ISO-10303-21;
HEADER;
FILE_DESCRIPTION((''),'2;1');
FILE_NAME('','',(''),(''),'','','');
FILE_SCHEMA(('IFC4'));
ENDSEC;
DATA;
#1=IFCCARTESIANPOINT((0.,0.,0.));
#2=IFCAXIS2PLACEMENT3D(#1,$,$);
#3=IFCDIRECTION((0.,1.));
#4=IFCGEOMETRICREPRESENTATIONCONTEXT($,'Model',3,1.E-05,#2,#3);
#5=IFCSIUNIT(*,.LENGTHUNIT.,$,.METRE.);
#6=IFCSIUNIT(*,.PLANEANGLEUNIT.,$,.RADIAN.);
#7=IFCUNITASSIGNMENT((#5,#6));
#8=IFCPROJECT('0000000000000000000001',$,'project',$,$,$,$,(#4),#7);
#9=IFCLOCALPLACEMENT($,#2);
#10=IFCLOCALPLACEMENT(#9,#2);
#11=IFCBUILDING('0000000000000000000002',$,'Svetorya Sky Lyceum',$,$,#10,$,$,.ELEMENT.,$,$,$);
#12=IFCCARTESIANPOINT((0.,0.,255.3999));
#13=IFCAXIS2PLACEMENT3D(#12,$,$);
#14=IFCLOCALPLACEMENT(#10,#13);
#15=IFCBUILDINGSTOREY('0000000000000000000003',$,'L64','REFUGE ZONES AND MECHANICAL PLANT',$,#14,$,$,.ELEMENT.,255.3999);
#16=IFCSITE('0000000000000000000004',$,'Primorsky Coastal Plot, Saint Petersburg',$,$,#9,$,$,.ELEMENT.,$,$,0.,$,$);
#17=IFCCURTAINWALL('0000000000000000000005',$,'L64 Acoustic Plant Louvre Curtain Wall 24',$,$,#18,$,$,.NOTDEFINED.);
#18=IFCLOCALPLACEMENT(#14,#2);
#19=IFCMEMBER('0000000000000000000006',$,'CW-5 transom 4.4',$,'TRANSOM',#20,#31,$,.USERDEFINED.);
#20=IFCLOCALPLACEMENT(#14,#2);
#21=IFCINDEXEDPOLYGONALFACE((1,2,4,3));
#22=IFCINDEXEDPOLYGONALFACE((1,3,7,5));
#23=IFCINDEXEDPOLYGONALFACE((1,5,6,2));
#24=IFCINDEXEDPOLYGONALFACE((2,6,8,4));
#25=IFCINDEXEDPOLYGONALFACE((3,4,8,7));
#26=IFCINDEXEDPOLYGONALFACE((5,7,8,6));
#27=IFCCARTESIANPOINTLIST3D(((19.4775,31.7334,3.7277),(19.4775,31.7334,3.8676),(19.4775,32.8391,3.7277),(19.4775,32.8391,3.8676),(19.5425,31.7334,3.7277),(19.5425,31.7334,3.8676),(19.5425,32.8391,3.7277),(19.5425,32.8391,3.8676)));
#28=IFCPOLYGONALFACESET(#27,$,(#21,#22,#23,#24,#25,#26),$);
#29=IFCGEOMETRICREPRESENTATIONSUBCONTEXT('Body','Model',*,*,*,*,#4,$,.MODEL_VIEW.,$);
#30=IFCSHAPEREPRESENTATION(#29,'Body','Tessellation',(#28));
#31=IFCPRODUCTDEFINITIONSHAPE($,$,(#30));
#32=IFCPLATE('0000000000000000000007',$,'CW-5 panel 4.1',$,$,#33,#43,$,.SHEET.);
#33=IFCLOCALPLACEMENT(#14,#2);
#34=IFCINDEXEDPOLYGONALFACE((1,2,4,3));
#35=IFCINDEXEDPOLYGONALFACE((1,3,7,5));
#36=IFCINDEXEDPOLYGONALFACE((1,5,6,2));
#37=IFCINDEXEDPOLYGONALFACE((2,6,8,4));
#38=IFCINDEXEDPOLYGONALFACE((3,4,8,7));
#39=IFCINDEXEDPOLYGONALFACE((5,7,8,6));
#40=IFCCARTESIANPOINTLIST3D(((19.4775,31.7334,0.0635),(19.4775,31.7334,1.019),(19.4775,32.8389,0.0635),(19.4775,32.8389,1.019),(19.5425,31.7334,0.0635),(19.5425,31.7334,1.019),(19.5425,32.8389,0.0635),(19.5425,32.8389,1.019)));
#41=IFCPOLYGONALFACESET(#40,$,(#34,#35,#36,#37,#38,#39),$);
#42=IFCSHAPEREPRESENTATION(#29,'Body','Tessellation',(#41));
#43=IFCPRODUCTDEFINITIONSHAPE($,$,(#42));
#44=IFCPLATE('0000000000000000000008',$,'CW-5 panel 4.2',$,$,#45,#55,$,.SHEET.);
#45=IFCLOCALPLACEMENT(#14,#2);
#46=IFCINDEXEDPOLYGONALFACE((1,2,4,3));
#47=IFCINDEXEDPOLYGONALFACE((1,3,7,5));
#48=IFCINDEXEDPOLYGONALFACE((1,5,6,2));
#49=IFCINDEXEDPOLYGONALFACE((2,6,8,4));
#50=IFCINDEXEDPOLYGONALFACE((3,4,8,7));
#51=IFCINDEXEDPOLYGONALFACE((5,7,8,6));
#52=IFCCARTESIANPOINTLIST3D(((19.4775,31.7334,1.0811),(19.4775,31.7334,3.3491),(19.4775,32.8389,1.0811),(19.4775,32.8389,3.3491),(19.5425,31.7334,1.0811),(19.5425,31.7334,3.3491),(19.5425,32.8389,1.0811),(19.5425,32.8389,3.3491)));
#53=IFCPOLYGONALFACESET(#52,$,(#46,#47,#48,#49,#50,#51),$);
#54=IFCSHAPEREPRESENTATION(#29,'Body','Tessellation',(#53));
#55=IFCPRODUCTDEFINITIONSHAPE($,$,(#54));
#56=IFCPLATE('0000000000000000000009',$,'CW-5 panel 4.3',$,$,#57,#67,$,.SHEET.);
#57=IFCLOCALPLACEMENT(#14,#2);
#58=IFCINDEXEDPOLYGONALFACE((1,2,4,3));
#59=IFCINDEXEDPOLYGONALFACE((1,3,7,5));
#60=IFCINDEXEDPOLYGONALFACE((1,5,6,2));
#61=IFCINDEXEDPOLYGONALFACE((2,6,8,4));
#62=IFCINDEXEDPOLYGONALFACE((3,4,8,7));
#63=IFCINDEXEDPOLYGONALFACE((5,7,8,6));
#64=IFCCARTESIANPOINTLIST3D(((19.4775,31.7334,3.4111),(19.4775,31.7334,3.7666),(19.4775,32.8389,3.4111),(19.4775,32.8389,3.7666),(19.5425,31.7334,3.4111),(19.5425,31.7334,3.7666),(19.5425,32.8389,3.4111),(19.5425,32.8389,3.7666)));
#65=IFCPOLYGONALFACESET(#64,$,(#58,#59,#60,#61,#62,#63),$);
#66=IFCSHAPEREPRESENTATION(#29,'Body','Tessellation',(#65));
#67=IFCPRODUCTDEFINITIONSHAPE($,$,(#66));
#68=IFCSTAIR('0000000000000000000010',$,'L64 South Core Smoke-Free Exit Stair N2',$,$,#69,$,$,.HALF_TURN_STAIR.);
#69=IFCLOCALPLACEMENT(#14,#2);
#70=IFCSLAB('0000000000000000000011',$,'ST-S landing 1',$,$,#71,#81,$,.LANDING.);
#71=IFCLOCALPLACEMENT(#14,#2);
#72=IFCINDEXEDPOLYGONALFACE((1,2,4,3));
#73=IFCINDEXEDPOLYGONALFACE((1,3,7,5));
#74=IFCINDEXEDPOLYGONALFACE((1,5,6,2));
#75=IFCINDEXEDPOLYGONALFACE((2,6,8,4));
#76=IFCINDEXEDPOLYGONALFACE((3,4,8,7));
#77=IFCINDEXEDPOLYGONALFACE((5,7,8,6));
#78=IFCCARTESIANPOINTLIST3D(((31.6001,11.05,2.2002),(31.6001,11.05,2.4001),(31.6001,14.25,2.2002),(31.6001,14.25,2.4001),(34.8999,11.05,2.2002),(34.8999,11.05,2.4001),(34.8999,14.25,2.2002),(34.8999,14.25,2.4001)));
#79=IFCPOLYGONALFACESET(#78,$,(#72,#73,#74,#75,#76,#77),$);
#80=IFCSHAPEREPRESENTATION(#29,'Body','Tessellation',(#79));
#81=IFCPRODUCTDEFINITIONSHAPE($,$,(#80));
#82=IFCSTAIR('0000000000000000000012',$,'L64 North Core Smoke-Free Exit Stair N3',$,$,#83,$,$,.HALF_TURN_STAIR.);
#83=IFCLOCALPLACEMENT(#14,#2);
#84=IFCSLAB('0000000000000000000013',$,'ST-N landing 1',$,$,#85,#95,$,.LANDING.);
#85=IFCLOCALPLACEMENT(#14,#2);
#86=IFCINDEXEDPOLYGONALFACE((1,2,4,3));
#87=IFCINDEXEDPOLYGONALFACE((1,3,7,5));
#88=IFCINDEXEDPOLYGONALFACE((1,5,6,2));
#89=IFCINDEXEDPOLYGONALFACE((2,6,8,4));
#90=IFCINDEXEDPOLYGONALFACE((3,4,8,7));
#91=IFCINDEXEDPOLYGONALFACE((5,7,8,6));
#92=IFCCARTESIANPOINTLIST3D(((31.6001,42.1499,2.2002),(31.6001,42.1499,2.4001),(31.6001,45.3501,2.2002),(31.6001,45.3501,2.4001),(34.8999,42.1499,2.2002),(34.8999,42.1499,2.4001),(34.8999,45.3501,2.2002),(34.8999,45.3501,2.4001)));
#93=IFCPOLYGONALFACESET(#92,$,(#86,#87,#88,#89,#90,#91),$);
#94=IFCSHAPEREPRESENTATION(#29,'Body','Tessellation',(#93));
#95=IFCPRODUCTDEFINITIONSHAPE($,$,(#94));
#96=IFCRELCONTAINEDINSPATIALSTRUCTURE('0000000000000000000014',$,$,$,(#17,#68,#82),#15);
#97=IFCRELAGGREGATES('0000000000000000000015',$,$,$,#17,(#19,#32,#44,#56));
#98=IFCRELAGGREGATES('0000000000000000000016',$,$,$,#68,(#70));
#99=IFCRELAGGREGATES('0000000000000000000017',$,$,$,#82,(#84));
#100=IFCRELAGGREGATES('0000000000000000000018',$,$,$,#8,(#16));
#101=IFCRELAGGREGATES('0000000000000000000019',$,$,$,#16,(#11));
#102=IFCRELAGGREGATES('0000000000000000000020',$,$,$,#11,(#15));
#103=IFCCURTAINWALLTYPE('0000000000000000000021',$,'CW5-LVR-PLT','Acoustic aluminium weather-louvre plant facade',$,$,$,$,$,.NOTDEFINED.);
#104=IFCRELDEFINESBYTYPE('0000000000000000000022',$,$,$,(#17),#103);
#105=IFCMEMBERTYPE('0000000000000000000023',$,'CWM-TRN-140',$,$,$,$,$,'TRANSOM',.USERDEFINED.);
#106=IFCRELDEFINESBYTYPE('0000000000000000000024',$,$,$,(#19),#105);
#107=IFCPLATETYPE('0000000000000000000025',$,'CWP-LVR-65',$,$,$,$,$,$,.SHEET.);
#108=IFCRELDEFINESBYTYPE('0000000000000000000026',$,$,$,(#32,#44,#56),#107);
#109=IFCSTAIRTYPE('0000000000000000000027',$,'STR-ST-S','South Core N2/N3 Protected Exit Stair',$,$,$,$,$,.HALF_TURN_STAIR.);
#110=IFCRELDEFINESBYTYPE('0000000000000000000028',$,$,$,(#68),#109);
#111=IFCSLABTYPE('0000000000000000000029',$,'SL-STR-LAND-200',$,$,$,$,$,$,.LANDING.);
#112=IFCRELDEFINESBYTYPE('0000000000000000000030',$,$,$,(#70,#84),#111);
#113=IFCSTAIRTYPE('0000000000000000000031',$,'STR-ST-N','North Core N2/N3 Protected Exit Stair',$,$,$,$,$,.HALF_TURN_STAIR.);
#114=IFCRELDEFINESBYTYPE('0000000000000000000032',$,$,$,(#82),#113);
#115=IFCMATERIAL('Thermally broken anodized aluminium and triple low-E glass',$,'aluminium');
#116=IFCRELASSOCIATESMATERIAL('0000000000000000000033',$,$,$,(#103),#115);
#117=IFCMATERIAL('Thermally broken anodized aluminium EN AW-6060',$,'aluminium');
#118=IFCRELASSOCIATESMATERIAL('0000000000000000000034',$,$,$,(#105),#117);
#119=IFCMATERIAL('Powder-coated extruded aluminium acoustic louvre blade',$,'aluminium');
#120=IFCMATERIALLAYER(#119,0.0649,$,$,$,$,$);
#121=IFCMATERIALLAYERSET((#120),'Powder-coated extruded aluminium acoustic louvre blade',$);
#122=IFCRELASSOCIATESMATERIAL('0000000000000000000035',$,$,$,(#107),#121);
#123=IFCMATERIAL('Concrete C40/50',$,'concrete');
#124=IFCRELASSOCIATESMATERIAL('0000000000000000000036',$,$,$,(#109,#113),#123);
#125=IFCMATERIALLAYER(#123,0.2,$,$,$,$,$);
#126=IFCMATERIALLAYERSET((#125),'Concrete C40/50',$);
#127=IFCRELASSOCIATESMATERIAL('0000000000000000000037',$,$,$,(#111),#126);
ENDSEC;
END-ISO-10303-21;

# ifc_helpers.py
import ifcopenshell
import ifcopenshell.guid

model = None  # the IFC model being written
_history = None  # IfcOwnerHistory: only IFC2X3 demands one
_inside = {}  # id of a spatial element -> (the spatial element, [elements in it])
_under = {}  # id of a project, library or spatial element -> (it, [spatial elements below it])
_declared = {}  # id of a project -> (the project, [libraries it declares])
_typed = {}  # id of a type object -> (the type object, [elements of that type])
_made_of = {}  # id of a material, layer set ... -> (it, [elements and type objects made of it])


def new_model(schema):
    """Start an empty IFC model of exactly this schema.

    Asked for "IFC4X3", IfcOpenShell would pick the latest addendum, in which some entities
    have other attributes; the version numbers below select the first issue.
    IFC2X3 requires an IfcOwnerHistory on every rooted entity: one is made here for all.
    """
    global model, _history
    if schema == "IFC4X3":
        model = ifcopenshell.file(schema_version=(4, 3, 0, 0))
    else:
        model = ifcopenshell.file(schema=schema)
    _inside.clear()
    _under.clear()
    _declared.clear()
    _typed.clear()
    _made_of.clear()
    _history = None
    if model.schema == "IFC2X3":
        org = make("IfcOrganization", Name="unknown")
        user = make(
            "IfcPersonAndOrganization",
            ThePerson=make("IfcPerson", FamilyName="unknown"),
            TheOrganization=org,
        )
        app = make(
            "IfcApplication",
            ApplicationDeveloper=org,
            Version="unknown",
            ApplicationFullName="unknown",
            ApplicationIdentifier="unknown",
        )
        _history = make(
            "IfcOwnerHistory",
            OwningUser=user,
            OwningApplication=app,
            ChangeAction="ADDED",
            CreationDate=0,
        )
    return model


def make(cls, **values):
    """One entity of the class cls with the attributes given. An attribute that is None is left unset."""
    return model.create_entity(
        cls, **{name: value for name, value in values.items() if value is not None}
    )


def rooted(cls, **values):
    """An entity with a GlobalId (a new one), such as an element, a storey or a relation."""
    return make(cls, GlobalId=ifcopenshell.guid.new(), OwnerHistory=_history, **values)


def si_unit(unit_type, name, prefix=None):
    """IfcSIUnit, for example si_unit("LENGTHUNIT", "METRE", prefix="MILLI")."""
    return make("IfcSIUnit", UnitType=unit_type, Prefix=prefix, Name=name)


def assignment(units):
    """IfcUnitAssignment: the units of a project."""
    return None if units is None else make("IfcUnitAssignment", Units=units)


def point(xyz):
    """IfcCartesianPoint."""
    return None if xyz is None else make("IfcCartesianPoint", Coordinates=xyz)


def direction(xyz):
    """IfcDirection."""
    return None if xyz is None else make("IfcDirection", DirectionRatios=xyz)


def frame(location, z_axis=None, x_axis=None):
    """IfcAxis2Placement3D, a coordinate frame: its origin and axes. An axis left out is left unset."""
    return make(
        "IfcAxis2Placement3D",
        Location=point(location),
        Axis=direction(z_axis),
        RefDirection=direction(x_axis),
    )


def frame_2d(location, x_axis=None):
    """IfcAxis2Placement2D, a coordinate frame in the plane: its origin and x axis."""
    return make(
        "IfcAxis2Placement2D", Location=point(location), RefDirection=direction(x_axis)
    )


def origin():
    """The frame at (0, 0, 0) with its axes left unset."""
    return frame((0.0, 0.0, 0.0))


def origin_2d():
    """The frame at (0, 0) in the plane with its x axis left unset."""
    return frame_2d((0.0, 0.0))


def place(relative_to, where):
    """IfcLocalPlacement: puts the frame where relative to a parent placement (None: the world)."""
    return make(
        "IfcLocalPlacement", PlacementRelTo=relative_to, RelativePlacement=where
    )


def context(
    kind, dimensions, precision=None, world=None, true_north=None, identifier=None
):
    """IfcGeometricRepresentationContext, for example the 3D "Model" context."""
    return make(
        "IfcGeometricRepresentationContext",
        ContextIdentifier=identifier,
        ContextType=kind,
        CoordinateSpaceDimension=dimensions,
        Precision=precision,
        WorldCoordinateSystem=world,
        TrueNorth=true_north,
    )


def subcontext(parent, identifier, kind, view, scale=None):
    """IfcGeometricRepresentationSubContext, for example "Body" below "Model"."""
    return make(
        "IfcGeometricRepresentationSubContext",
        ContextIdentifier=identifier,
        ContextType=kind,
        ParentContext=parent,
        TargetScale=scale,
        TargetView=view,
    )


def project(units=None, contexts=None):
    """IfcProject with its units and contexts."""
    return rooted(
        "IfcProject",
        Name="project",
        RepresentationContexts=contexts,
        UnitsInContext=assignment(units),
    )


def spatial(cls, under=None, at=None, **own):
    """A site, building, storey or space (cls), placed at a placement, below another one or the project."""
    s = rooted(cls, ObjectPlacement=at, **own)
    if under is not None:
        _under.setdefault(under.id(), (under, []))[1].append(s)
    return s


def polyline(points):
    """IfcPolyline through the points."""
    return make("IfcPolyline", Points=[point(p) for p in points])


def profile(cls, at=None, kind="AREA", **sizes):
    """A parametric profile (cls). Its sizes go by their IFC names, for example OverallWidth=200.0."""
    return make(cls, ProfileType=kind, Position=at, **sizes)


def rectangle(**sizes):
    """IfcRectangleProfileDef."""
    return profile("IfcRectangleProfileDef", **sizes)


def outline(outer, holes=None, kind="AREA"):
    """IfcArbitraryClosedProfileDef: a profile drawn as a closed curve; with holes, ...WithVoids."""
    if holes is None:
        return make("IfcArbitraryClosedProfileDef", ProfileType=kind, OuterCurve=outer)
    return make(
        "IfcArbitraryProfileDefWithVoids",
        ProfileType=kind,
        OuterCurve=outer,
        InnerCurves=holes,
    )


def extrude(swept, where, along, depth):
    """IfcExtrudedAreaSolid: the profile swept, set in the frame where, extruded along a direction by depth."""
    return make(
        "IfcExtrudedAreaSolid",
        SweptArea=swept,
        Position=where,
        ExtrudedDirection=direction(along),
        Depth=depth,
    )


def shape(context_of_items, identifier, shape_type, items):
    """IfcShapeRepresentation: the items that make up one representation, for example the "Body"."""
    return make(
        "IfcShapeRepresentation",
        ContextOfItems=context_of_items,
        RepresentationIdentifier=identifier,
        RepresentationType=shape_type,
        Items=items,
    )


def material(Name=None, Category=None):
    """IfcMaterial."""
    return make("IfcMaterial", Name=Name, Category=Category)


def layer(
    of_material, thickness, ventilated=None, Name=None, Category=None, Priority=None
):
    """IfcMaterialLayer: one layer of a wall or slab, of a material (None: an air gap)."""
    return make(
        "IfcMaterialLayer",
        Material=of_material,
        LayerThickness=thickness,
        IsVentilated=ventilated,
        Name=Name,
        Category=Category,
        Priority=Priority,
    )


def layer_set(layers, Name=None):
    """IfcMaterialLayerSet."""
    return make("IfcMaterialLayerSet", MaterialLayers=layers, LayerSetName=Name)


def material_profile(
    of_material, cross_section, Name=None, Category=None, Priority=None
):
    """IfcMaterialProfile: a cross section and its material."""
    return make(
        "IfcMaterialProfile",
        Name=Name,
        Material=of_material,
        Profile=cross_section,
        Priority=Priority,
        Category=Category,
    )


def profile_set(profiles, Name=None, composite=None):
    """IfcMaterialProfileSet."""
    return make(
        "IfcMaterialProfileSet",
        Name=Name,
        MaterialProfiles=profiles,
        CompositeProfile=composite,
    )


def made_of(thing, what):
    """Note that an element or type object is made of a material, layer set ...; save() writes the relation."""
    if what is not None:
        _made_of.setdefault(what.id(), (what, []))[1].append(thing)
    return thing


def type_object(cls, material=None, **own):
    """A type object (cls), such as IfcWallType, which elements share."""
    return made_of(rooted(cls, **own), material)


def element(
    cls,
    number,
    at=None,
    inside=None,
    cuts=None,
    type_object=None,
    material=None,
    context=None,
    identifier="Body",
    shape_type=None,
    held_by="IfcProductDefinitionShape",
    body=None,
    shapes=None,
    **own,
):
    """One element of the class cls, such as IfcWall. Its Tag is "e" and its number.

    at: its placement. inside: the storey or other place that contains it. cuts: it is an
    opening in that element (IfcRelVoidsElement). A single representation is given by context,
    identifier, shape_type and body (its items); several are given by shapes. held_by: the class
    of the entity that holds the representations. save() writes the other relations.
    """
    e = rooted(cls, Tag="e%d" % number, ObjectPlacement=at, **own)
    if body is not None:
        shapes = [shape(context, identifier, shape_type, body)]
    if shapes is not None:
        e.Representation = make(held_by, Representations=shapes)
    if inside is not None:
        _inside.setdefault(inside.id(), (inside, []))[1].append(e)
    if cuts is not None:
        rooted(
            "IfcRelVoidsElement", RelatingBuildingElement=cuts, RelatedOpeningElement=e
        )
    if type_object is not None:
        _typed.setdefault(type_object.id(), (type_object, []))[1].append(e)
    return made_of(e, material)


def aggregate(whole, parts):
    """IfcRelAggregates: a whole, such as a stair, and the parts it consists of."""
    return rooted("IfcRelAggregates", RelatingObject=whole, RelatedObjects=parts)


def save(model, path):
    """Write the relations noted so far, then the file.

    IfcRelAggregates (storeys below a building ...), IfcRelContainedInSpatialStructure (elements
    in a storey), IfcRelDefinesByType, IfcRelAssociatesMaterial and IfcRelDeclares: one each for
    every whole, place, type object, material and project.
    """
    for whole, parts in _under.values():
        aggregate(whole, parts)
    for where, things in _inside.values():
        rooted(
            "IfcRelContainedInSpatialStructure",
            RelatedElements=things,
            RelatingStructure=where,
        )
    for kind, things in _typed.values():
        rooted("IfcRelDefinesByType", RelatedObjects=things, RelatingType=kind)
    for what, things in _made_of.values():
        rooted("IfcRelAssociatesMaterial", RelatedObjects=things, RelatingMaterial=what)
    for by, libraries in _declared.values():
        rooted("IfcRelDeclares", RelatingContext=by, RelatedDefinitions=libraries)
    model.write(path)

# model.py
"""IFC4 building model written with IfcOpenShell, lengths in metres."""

from ifc_helpers import new_model, si_unit, direction, frame, origin, origin_2d, place, context, subcontext, project, spatial, polyline, rectangle, outline, extrude, material, layer, layer_set, material_profile, profile_set, type_object, element, aggregate, save


model = new_model("IFC4")

# Units and contexts
model_context = context("Model", 3, precision=1e-05, world=origin(), true_north=direction((0.0, 1.0)))
body_context = subcontext(model_context, "Body", "Model", "MODEL_VIEW")
ifc_project = project(units=[si_unit("LENGTHUNIT", "METRE"), si_unit("PLANEANGLEUNIT", "RADIAN")], contexts=[model_context])

# Site, building, storey
site_placement = place(None, origin())
site = spatial("IfcSite", under=ifc_project, at=site_placement, Name="Primorsky Coastal Plot, Saint Petersburg", CompositionType="ELEMENT", RefElevation=0.0)
building_placement = place(site_placement, origin())
building = spatial("IfcBuilding", under=site, at=building_placement, Name="Svetorya Sky Lyceum", CompositionType="ELEMENT")
storey_placement = place(building_placement, frame((0.0, 0.0, 255.3999)))
storey = spatial("IfcBuildingStorey", under=building, at=storey_placement, Name="L64", Description="REFUGE ZONES AND MECHANICAL PLANT", CompositionType="ELEMENT", Elevation=255.3999)

# Shared definitions
ifc_material_1 = material(Name="Concrete C40/50", Category="concrete")

# Curtain wall, member, plates
ifc_material_2 = material(Name="Thermally broken anodized aluminium and triple low-E glass", Category="aluminium")
curtain_wall_type = type_object("IfcCurtainWallType", Name="CW5-LVR-PLT", Description="Acoustic aluminium weather-louvre plant facade", PredefinedType="NOTDEFINED", material=ifc_material_2)
curtain_wall_placement = place(storey_placement, origin())
curtain_wall = element("IfcCurtainWall", 1, at=curtain_wall_placement, inside=storey, type_object=curtain_wall_type, Name="L64 Acoustic Plant Louvre Curtain Wall 24", PredefinedType="NOTDEFINED")
ifc_material_3 = material(Name="Thermally broken anodized aluminium EN AW-6060", Category="aluminium")
ifc_material_profile_1 = material_profile(ifc_material_3, rectangle(XDim=0.0649, YDim=0.1399, at=origin_2d()), Name="ALU TRANSOM 65x140")
ifc_profile_set_1 = profile_set([ifc_material_profile_1], Name="Thermally broken anodized aluminium EN AW-6060")
member_type_1 = type_object("IfcMemberType", Name="CWM-TRN-140", ElementType="TRANSOM", PredefinedType="USERDEFINED", material=ifc_profile_set_1)
member_1_placement = place(storey_placement, frame((19.51, 32.8391, 3.7976), z_axis=(0.0, -1.0, 0.0), x_axis=(1.0, 0.0, 0.0)))
member_1 = element("IfcMember", 2, at=member_1_placement, type_object=member_type_1, Name="CW-5 transom 4.4", ObjectType="TRANSOM", PredefinedType="USERDEFINED", context=body_context, shape_type="SweptSolid", body=[
    extrude(rectangle(XDim=0.0649, YDim=0.1399, at=origin_2d()), origin(), (0.0, 0.0, 1.0), 1.1057),
])
ifc_material_4 = material(Name="Powder-coated extruded aluminium acoustic louvre blade", Category="aluminium")
ifc_layer_1 = layer(ifc_material_4, 0.0649)
ifc_layer_set_1 = layer_set([ifc_layer_1], Name="Powder-coated extruded aluminium acoustic louvre blade")
plate_type = type_object("IfcPlateType", Name="CWP-LVR-65", PredefinedType="SHEET", material=ifc_layer_set_1)
plate_1_placement = place(storey_placement, frame((19.51, 32.2861, 0.0635), z_axis=(0.0, 0.0, 1.0), x_axis=(0.0, -1.0, 0.0)))
plate_1 = element("IfcPlate", 3, at=plate_1_placement, type_object=plate_type, Name="CW-5 panel 4.1", PredefinedType="SHEET", context=body_context, shape_type="SweptSolid", body=[
    extrude(rectangle(XDim=1.1055, YDim=0.0649, at=origin_2d()), origin(), (0.0, 0.0, 1.0), 0.9556),
])
plate_2_placement = place(storey_placement, frame((19.51, 32.2861, 1.0811), z_axis=(0.0, 0.0, 1.0), x_axis=(0.0, -1.0, 0.0)))
plate_2 = element("IfcPlate", 4, at=plate_2_placement, type_object=plate_type, Name="CW-5 panel 4.2", PredefinedType="SHEET", context=body_context, shape_type="SweptSolid", body=[
    extrude(rectangle(XDim=1.1055, YDim=0.0649, at=origin_2d()), origin(), (0.0, 0.0, 1.0), 2.2681),
])
plate_3_placement = place(storey_placement, frame((19.51, 32.2861, 3.4111), z_axis=(0.0, 0.0, 1.0), x_axis=(0.0, -1.0, 0.0)))
plate_3 = element("IfcPlate", 5, at=plate_3_placement, type_object=plate_type, Name="CW-5 panel 4.3", PredefinedType="SHEET", context=body_context, shape_type="SweptSolid", body=[
    extrude(rectangle(XDim=1.1055, YDim=0.0649, at=origin_2d()), origin(), (0.0, 0.0, 1.0), 0.3555),
])
aggregate(curtain_wall, [member_1, plate_1, plate_2, plate_3])

# Stairs, slabs
stair_type_1 = type_object("IfcStairType", Name="STR-ST-S", Description="South Core N2/N3 Protected Exit Stair", PredefinedType="HALF_TURN_STAIR", material=ifc_material_1)
stair_1_placement = place(storey_placement, origin())
stair_1 = element("IfcStair", 6, at=stair_1_placement, inside=storey, type_object=stair_type_1, Name="L64 South Core Smoke-Free Exit Stair N2", PredefinedType="HALF_TURN_STAIR")
ifc_layer_2 = layer(ifc_material_1, 0.2)
ifc_layer_set_2 = layer_set([ifc_layer_2], Name="Concrete C40/50")
slab_type_1 = type_object("IfcSlabType", Name="SL-STR-LAND-200", PredefinedType="LANDING", material=ifc_layer_set_2)
slab_1_placement = place(storey_placement, frame((0.0, 0.0, 2.2002)))
slab_1 = element("IfcSlab", 7, at=slab_1_placement, type_object=slab_type_1, Name="ST-S landing 1", PredefinedType="LANDING", context=body_context, shape_type="SweptSolid", body=[
    extrude(outline(polyline([(31.6001, 11.05), (34.8999, 11.05), (34.8999, 14.25), (31.6001, 14.25), (31.6001, 11.05)])), origin(), (0.0, 0.0, 1.0), 0.2),
])
aggregate(stair_1, [slab_1])
stair_type_2 = type_object("IfcStairType", Name="STR-ST-N", Description="North Core N2/N3 Protected Exit Stair", PredefinedType="HALF_TURN_STAIR", material=ifc_material_1)
stair_2_placement = place(storey_placement, origin())
stair_2 = element("IfcStair", 8, at=stair_2_placement, inside=storey, type_object=stair_type_2, Name="L64 North Core Smoke-Free Exit Stair N3", PredefinedType="HALF_TURN_STAIR")
slab_2_placement = place(storey_placement, frame((0.0, 0.0, 2.2002)))
slab_2 = element("IfcSlab", 9, at=slab_2_placement, type_object=slab_type_1, Name="ST-N landing 1", PredefinedType="LANDING", context=body_context, shape_type="SweptSolid", body=[
    extrude(outline(polyline([(31.6001, 42.1499), (34.8999, 42.1499), (34.8999, 45.3501), (31.6001, 45.3501), (31.6001, 42.1499)])), origin(), (0.0, 0.0, 1.0), 0.2),
])
aggregate(stair_2, [slab_2])

save(model, "model.ifc")
